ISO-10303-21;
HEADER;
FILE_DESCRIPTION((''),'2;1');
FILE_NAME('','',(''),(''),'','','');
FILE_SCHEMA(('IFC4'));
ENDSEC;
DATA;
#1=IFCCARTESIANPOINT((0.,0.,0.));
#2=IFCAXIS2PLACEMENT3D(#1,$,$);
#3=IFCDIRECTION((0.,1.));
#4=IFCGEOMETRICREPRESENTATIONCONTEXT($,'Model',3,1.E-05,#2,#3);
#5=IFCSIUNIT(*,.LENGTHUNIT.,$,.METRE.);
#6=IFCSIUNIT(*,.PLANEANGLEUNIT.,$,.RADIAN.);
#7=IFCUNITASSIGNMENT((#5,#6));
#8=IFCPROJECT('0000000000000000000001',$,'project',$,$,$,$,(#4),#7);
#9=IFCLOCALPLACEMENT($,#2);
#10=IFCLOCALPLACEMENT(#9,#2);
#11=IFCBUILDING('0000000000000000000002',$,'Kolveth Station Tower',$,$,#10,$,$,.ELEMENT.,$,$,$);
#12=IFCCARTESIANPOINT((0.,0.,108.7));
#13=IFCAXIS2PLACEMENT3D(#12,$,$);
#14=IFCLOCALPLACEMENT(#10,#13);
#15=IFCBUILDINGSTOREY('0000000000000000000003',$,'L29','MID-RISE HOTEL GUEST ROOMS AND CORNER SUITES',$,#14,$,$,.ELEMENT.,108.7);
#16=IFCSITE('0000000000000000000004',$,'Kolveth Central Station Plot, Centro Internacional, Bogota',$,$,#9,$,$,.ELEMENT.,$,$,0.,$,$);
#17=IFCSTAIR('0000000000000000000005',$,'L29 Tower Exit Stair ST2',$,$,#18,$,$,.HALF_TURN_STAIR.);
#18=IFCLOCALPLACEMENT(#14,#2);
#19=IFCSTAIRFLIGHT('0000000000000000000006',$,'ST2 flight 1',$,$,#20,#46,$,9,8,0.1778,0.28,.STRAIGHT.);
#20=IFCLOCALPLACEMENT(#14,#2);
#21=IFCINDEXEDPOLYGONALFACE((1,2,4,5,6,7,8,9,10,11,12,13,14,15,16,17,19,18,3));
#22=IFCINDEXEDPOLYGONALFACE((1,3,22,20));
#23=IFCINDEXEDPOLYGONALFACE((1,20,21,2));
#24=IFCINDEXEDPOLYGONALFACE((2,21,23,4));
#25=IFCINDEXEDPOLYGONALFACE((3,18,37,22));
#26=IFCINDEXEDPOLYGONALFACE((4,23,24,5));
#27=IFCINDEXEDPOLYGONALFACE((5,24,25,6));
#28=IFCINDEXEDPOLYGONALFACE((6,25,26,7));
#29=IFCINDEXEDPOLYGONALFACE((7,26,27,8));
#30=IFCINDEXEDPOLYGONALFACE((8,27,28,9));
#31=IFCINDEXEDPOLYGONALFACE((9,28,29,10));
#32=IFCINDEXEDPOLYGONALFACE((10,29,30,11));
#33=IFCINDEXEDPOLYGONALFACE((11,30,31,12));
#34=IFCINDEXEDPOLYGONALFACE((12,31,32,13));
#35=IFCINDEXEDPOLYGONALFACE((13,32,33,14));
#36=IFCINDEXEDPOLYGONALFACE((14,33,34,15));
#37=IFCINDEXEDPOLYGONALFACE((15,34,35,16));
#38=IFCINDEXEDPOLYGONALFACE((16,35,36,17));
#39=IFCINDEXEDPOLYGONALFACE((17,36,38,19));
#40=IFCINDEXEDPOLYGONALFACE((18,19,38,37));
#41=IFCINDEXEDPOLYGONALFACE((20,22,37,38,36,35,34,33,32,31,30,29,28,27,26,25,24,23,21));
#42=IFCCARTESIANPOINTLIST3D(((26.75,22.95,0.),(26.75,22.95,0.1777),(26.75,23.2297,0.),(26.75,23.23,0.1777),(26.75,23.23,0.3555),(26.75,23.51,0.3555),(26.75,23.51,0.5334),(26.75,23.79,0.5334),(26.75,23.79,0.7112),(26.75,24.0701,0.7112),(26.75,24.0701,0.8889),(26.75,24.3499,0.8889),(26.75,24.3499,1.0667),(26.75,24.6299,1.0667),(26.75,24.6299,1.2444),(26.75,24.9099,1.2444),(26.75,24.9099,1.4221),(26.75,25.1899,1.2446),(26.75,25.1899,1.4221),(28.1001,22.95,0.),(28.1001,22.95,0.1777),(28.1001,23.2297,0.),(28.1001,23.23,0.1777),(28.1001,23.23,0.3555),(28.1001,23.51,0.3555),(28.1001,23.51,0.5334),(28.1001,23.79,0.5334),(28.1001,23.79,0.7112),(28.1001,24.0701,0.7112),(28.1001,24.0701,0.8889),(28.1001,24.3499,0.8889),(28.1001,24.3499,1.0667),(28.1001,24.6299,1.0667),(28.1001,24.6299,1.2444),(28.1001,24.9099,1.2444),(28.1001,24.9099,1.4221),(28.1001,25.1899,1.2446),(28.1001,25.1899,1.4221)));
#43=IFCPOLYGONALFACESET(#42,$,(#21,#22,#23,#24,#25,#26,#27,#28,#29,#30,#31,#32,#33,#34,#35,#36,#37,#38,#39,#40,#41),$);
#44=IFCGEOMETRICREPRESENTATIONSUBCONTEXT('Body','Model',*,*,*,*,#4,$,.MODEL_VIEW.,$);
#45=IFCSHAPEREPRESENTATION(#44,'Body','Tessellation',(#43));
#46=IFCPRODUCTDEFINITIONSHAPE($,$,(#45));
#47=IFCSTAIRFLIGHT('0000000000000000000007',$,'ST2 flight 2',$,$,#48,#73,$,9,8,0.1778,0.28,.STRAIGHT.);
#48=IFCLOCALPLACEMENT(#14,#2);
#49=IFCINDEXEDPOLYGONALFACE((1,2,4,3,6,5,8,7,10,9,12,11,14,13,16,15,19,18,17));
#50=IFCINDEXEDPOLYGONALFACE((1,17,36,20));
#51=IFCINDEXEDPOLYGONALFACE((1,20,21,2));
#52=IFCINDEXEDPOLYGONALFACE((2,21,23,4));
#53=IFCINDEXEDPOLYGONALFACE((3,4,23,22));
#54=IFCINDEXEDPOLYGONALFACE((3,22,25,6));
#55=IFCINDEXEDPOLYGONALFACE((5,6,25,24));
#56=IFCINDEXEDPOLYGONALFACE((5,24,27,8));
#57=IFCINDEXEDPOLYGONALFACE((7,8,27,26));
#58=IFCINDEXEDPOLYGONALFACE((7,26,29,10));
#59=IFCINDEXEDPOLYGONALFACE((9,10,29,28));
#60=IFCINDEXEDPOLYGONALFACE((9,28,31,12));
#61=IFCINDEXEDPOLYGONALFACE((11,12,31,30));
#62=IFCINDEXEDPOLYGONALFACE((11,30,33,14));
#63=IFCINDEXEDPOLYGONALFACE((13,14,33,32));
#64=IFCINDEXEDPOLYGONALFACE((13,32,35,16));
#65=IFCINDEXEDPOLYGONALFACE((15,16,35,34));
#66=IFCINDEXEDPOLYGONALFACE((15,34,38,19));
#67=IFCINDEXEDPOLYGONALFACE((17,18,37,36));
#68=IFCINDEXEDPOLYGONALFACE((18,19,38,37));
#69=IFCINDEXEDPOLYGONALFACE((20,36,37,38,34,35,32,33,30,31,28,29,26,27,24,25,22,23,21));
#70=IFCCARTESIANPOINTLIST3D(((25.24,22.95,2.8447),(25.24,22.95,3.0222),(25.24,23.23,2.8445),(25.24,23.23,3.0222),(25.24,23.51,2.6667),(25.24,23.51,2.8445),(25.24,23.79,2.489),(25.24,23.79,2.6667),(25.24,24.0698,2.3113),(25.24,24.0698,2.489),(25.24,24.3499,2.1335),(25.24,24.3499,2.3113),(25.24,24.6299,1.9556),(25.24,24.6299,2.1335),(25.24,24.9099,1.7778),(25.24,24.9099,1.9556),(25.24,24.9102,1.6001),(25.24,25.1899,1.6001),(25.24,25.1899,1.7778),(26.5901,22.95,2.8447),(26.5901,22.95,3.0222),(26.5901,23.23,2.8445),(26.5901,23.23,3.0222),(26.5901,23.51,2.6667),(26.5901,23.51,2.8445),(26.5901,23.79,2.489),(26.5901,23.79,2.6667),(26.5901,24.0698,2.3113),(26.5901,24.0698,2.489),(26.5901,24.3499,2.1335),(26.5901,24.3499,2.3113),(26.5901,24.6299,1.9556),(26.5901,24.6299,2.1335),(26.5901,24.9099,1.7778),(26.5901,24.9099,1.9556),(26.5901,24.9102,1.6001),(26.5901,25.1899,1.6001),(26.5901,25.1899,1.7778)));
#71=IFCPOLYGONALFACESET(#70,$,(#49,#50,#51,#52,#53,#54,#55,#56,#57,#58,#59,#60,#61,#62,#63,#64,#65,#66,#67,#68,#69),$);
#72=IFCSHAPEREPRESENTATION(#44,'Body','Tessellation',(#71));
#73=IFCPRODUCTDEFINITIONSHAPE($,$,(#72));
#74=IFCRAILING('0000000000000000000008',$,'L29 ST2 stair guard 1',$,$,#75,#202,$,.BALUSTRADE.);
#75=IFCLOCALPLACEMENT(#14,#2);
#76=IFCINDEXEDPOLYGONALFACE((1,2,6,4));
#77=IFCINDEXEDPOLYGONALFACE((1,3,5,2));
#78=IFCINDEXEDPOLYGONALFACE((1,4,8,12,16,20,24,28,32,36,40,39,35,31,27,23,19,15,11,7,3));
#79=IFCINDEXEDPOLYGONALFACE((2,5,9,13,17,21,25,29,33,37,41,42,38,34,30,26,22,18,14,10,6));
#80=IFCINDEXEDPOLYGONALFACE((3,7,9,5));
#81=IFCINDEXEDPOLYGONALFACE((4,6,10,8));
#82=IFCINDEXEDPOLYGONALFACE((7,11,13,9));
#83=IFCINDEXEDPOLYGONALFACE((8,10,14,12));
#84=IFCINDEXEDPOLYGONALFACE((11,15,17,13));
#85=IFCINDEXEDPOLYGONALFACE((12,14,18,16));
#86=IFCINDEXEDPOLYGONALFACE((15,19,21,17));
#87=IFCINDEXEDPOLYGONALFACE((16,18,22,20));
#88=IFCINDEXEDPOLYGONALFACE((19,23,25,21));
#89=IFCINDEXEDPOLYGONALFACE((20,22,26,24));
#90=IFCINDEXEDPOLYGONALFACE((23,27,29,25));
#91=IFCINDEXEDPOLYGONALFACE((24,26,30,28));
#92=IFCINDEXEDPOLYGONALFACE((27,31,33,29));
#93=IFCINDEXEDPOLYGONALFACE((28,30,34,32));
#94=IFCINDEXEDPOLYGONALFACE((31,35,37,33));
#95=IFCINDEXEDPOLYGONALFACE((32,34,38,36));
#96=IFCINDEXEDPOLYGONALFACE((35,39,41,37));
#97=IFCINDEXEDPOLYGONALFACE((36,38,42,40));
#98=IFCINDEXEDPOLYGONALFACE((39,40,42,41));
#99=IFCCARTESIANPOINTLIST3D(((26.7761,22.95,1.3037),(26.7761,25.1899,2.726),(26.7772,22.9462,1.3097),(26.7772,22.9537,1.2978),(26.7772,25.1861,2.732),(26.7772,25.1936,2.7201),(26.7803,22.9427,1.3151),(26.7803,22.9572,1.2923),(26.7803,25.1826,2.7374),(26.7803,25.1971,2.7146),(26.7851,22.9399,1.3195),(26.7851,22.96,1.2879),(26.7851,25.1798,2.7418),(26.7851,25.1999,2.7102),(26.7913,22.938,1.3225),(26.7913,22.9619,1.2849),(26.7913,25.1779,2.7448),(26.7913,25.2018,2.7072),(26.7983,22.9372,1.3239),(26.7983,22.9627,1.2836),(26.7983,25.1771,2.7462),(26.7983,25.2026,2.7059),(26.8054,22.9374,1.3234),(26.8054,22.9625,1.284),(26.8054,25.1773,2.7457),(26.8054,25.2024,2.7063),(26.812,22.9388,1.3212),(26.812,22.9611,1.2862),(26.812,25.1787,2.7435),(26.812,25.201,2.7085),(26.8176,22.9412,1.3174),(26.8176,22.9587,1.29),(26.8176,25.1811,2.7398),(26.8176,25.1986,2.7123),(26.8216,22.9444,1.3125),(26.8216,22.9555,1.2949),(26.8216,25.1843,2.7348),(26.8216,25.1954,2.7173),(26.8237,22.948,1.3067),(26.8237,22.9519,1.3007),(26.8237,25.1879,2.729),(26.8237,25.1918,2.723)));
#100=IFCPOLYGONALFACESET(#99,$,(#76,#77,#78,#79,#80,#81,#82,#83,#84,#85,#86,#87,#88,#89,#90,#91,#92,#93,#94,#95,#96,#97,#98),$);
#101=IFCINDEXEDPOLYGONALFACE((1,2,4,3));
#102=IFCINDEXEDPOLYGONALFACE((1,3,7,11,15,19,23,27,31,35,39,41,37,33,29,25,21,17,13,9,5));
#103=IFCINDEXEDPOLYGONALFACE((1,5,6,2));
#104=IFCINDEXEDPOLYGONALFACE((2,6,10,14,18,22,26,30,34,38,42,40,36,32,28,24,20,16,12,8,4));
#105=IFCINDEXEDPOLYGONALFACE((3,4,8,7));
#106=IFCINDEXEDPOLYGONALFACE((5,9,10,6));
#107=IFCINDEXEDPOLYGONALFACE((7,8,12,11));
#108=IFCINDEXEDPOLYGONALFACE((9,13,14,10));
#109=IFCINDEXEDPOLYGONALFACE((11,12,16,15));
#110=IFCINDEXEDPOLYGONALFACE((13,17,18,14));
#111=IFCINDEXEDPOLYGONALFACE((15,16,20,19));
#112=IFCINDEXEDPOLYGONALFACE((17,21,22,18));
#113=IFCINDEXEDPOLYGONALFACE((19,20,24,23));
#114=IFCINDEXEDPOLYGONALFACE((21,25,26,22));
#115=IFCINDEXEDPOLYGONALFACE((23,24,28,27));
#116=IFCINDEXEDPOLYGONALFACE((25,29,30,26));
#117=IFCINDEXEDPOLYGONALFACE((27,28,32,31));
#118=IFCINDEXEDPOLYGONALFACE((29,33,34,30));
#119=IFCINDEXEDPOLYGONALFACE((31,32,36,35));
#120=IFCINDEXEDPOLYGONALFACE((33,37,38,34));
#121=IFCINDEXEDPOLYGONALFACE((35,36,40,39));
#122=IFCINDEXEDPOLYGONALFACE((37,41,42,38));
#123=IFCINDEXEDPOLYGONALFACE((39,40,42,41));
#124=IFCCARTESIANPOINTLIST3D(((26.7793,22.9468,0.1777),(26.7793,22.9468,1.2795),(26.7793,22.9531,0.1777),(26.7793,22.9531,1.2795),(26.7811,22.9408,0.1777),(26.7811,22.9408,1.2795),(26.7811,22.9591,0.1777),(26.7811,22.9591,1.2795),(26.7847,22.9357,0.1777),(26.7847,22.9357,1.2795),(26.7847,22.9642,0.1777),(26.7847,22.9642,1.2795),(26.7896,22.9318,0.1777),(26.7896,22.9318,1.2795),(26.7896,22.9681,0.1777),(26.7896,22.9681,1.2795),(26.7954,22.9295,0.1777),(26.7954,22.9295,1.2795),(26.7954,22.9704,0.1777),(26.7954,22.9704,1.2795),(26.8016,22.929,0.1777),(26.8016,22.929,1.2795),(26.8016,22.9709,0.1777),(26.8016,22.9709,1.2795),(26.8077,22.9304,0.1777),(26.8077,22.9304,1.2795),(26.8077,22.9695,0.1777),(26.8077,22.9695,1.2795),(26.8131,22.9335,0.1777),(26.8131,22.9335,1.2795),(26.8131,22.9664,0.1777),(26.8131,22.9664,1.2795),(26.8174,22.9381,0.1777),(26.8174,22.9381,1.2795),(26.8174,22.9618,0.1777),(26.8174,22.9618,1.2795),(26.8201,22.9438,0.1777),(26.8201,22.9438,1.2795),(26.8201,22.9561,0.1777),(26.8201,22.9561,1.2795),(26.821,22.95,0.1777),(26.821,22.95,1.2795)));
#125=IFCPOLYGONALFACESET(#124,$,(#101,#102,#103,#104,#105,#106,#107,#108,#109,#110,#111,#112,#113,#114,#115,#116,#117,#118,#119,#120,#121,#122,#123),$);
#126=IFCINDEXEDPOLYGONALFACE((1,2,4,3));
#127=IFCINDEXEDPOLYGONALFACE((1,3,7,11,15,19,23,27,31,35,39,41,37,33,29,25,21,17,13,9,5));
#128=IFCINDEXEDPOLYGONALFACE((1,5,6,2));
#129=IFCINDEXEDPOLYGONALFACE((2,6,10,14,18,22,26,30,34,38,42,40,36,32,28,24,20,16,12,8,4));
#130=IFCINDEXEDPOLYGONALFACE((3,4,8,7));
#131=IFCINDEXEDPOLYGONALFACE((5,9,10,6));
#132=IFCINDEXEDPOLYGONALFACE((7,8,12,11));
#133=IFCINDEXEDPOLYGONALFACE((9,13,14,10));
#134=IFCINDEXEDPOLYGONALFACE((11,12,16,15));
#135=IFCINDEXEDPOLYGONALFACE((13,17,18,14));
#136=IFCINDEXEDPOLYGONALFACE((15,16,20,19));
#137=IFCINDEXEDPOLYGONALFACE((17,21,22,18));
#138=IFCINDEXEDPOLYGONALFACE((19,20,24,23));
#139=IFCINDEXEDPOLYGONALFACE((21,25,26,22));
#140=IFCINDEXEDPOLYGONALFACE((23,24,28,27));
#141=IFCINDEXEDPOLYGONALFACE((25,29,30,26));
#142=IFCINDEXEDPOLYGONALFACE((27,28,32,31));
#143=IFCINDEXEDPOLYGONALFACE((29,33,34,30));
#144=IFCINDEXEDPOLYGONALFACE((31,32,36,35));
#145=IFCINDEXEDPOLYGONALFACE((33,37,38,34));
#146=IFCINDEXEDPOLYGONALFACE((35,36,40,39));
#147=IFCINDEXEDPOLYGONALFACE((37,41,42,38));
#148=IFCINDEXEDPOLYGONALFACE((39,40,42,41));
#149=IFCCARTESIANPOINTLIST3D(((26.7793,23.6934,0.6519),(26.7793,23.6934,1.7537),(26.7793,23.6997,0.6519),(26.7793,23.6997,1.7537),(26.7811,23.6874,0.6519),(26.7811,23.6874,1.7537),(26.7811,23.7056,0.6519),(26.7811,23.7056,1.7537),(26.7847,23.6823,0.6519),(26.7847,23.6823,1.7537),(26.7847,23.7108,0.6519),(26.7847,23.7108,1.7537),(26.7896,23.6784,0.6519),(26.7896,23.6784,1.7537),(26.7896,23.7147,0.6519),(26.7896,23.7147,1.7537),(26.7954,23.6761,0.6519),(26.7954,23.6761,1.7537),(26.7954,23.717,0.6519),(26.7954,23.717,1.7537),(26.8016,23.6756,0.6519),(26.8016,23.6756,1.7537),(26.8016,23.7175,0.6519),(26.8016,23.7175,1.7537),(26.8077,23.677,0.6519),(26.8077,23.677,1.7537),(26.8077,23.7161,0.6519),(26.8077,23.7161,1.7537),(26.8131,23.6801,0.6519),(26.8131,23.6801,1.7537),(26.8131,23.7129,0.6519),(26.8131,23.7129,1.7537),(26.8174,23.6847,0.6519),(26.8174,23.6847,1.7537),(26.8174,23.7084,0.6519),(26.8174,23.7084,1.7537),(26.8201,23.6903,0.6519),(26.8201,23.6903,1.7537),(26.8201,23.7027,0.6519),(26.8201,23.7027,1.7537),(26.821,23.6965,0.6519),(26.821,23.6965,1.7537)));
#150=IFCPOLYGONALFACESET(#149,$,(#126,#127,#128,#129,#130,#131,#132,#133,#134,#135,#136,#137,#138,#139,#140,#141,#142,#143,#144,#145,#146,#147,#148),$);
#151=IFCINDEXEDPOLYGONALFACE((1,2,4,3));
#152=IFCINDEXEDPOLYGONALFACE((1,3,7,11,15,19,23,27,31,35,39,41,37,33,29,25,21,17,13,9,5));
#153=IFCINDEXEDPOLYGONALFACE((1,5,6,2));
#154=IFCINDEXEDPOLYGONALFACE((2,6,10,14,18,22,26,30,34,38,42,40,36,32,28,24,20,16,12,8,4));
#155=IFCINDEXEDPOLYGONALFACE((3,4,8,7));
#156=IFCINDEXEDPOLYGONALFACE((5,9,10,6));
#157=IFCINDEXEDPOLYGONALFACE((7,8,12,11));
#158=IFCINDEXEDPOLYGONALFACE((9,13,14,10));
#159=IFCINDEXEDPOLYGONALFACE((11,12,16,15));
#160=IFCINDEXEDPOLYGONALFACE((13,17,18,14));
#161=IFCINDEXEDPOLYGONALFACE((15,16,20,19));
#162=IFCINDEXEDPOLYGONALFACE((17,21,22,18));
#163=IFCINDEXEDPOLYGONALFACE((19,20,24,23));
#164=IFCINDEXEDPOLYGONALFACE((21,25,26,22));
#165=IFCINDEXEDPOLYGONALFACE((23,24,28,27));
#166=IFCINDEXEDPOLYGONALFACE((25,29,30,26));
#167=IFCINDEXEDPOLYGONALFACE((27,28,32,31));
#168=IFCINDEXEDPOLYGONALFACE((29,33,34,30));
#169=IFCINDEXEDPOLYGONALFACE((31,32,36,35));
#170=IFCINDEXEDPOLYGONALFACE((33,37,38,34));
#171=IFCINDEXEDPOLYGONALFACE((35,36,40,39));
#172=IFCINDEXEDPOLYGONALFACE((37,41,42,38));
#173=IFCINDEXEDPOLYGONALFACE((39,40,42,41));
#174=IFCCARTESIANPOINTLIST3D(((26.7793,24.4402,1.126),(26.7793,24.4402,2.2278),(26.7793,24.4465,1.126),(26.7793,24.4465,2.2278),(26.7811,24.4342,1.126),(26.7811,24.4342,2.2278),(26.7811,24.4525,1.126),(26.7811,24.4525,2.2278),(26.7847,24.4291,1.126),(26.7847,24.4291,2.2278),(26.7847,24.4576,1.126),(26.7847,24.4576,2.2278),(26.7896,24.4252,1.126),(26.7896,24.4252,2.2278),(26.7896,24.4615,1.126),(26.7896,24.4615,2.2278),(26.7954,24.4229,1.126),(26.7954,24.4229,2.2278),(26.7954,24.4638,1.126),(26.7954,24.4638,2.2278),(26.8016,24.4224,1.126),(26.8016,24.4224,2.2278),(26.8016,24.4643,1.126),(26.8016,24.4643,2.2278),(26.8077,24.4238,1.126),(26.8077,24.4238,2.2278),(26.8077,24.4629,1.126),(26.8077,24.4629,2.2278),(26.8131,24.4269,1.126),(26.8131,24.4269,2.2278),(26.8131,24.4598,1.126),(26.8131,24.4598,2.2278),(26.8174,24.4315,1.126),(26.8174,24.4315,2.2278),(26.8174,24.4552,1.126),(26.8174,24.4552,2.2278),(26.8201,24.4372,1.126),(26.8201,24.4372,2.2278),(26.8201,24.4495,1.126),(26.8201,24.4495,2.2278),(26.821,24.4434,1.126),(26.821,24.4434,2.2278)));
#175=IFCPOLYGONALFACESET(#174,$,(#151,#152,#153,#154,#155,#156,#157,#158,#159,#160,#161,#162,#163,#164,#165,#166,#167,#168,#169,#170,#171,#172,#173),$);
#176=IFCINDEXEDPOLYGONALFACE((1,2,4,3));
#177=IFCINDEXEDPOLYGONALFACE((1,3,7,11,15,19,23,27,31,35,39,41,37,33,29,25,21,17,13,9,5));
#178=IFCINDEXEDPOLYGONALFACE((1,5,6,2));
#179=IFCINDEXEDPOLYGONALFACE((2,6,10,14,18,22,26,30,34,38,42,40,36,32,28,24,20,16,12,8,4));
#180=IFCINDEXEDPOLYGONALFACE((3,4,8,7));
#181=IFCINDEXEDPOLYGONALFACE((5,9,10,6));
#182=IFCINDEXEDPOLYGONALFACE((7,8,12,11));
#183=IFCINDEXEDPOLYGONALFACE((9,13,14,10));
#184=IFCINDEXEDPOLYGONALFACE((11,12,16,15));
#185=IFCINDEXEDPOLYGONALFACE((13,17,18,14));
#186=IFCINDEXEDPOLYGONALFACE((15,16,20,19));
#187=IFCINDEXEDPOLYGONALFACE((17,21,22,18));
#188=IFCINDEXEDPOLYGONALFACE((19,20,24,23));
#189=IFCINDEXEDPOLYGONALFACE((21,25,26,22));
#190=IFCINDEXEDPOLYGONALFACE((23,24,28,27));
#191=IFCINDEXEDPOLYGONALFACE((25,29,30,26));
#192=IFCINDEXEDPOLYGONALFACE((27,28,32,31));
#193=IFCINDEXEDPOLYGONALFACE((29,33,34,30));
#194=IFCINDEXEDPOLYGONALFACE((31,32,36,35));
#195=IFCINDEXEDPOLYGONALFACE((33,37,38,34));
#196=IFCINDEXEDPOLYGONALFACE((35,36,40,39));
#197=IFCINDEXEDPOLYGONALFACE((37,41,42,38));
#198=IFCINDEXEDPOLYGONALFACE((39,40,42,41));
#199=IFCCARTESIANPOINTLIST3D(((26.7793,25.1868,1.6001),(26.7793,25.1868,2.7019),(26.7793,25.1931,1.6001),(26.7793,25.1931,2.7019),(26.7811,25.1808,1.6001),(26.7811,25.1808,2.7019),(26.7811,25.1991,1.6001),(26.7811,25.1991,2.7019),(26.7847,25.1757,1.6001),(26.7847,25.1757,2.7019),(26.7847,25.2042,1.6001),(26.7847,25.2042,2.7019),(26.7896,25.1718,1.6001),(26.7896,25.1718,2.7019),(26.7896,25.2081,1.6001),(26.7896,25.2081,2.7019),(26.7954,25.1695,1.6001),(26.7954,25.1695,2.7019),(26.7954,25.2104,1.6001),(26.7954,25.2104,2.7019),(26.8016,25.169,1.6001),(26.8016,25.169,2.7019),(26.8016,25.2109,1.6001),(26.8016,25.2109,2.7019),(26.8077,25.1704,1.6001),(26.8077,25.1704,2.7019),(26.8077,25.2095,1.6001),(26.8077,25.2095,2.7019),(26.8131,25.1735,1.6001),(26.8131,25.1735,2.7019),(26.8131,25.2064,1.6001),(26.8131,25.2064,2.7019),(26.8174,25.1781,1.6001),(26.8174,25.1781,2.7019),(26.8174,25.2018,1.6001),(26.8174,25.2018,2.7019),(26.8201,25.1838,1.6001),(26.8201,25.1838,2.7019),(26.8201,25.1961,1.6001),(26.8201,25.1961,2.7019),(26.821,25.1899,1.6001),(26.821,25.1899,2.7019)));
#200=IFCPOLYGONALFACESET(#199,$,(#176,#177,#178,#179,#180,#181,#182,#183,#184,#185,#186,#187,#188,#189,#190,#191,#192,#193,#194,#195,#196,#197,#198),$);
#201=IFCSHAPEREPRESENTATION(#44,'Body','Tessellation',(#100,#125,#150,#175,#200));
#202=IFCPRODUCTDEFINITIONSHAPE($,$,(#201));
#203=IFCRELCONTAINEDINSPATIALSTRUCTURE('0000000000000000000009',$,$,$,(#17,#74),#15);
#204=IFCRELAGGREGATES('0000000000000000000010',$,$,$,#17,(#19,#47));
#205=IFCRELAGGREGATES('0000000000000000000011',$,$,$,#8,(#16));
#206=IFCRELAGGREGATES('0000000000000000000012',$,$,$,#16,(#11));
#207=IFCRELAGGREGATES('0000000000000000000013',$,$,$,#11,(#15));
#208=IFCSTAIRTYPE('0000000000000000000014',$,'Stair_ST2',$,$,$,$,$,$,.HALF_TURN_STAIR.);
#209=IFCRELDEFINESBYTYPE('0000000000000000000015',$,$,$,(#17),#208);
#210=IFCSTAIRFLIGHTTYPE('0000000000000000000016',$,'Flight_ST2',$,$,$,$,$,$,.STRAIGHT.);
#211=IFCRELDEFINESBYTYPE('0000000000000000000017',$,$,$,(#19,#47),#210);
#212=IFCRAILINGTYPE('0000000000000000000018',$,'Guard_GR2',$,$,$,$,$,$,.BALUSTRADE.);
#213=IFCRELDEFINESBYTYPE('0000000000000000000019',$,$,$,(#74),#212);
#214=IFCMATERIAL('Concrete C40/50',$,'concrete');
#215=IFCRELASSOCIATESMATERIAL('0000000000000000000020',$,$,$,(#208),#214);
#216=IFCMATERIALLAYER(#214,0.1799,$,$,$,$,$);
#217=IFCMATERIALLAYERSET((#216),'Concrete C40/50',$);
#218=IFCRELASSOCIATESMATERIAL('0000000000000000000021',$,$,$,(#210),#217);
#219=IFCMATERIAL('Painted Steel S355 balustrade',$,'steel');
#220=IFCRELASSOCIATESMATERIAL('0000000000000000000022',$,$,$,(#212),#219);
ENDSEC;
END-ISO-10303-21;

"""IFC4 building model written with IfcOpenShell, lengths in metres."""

from ifc_helpers import new_model, si_unit, direction, frame, origin, origin_2d, place, context, subcontext, project, spatial, polyline, circle, outline, extrude, material, layer, layer_set, type_object, element, aggregate, save


model = new_model("IFC4")

# Units and contexts
model_context = context("Model", 3, precision=1e-05, world=origin(), true_north=direction((0.0, 1.0)))
body_context = subcontext(model_context, "Body", "Model", "MODEL_VIEW")
ifc_project = project(units=[si_unit("LENGTHUNIT", "METRE"), si_unit("PLANEANGLEUNIT", "RADIAN")], contexts=[model_context])

# Site, building, storey
site_placement = place(None, origin())
site = spatial("IfcSite", under=ifc_project, at=site_placement, Name="Kolveth Central Station Plot, Centro Internacional, Bogota", CompositionType="ELEMENT", RefElevation=0.0)
building_placement = place(site_placement, origin())
building = spatial("IfcBuilding", under=site, at=building_placement, Name="Kolveth Station Tower", CompositionType="ELEMENT")
storey_placement = place(building_placement, frame((0.0, 0.0, 108.7)))
storey = spatial("IfcBuildingStorey", under=building, at=storey_placement, Name="L29", Description="MID-RISE HOTEL GUEST ROOMS AND CORNER SUITES", CompositionType="ELEMENT", Elevation=108.7)

# Shared definitions
ifc_material_1 = material(Name="Concrete C40/50", Category="concrete")

# Stair, stair flights
stair_type = type_object("IfcStairType", Name="Stair_ST2", PredefinedType="HALF_TURN_STAIR", material=ifc_material_1)
stair_placement = place(storey_placement, origin())
stair = element("IfcStair", 1, at=stair_placement, inside=storey, type_object=stair_type, Name="L29 Tower Exit Stair ST2", PredefinedType="HALF_TURN_STAIR")
ifc_layer_1 = layer(ifc_material_1, 0.1799)
ifc_layer_set_1 = layer_set([ifc_layer_1], Name="Concrete C40/50")
stair_flight_type = type_object("IfcStairFlightType", Name="Flight_ST2", PredefinedType="STRAIGHT", material=ifc_layer_set_1)
stair_flight_1_placement = place(storey_placement, frame((27.425, 22.95, 0.0), z_axis=(0.0, 0.0, 1.0), x_axis=(0.0, 1.0, 0.0)))
stair_flight_1 = element("IfcStairFlight", 2, at=stair_flight_1_placement, type_object=stair_flight_type, Name="ST2 flight 1", NumberOfRisers=9, NumberOfTreads=8, PredefinedType="STRAIGHT", RiserHeight=0.1778, TreadLength=0.28, context=body_context, shape_type="SweptSolid", body=[
    extrude(outline(polyline([(0.0, 0.0), (0.0, 0.1777), (0.28, 0.1777), (0.28, 0.3555), (0.5601, 0.3555), (0.5601, 0.5334), (0.8401, 0.5334), (0.8401, 0.7112), (1.1201, 0.7112), (1.1201, 0.8889), (1.3999, 0.8889), (1.3999, 1.0667), (1.6799, 1.0667), (1.6799, 1.2444), (1.96, 1.2444), (1.96, 1.4221), (2.24, 1.4221), (2.24, 1.6001), (2.24, 1.2446), (0.2798, 0.0), (0.0, 0.0)])), frame((0.0, 0.675, 0.0), z_axis=(0.0, -1.0, 0.0), x_axis=(1.0, 0.0, 0.0)), (0.0, 0.0, 1.0), 1.3501),
])
stair_flight_2_placement = place(storey_placement, frame((25.915, 25.1899, 1.6001), z_axis=(0.0, 0.0, 1.0), x_axis=(0.0, -1.0, 0.0)))
stair_flight_2 = element("IfcStairFlight", 3, at=stair_flight_2_placement, type_object=stair_flight_type, Name="ST2 flight 2", NumberOfRisers=9, NumberOfTreads=8, PredefinedType="STRAIGHT", RiserHeight=0.1778, TreadLength=0.28, context=body_context, shape_type="SweptSolid", body=[
    extrude(outline(polyline([(0.0, 0.0), (0.0, 0.1777), (0.28, 0.1777), (0.28, 0.3555), (0.5601, 0.3555), (0.5601, 0.5334), (0.8401, 0.5334), (0.8401, 0.7112), (1.1201, 0.7112), (1.1201, 0.8889), (1.3999, 0.8889), (1.3999, 1.0667), (1.6799, 1.0667), (1.6799, 1.2444), (1.96, 1.2444), (1.96, 1.4221), (2.24, 1.4221), (2.24, 1.6001), (2.24, 1.2446), (0.2798, 0.0), (0.0, 0.0)])), frame((0.0, 0.675, 0.0), z_axis=(0.0, -1.0, 0.0), x_axis=(1.0, 0.0, 0.0)), (0.0, 0.0, 1.0), 1.3501),
])
aggregate(stair, [stair_flight_1, stair_flight_2])

# Railing
ifc_material_2 = material(Name="Painted Steel S355 balustrade", Category="steel")
railing_type_1 = type_object("IfcRailingType", Name="Guard_GR2", PredefinedType="BALUSTRADE", material=ifc_material_2)
railing_1_placement = place(storey_placement, frame((26.8, 22.95, 0.1777)))
element("IfcRailing", 4, at=railing_1_placement, inside=storey, type_object=railing_type_1, Name="L29 ST2 stair guard 1", PredefinedType="BALUSTRADE", context=body_context, shape_type="SweptSolid", body=[
    extrude(circle(Radius=0.0239, at=origin_2d()), frame((0.0, 0.0, 1.126), z_axis=(0.0, 0.844188, 0.536048), x_axis=(-1.0, 0.0, 0.0)), (0.0, 0.0, 1.0), 2.6533),
    extrude(circle(Radius=0.021, at=origin_2d()), origin(), (0.0, 0.0, 1.0), 1.1018),
    extrude(circle(Radius=0.021, at=origin_2d()), frame((0.0, 0.7466, 0.4741)), (0.0, 0.0, 1.0), 1.1018),
    extrude(circle(Radius=0.021, at=origin_2d()), frame((0.0, 1.4934, 0.9482)), (0.0, 0.0, 1.0), 1.1018),
    extrude(circle(Radius=0.021, at=origin_2d()), frame((0.0, 2.24, 1.4224)), (0.0, 0.0, 1.0), 1.1018),
])

save(model, "model.ifc")
